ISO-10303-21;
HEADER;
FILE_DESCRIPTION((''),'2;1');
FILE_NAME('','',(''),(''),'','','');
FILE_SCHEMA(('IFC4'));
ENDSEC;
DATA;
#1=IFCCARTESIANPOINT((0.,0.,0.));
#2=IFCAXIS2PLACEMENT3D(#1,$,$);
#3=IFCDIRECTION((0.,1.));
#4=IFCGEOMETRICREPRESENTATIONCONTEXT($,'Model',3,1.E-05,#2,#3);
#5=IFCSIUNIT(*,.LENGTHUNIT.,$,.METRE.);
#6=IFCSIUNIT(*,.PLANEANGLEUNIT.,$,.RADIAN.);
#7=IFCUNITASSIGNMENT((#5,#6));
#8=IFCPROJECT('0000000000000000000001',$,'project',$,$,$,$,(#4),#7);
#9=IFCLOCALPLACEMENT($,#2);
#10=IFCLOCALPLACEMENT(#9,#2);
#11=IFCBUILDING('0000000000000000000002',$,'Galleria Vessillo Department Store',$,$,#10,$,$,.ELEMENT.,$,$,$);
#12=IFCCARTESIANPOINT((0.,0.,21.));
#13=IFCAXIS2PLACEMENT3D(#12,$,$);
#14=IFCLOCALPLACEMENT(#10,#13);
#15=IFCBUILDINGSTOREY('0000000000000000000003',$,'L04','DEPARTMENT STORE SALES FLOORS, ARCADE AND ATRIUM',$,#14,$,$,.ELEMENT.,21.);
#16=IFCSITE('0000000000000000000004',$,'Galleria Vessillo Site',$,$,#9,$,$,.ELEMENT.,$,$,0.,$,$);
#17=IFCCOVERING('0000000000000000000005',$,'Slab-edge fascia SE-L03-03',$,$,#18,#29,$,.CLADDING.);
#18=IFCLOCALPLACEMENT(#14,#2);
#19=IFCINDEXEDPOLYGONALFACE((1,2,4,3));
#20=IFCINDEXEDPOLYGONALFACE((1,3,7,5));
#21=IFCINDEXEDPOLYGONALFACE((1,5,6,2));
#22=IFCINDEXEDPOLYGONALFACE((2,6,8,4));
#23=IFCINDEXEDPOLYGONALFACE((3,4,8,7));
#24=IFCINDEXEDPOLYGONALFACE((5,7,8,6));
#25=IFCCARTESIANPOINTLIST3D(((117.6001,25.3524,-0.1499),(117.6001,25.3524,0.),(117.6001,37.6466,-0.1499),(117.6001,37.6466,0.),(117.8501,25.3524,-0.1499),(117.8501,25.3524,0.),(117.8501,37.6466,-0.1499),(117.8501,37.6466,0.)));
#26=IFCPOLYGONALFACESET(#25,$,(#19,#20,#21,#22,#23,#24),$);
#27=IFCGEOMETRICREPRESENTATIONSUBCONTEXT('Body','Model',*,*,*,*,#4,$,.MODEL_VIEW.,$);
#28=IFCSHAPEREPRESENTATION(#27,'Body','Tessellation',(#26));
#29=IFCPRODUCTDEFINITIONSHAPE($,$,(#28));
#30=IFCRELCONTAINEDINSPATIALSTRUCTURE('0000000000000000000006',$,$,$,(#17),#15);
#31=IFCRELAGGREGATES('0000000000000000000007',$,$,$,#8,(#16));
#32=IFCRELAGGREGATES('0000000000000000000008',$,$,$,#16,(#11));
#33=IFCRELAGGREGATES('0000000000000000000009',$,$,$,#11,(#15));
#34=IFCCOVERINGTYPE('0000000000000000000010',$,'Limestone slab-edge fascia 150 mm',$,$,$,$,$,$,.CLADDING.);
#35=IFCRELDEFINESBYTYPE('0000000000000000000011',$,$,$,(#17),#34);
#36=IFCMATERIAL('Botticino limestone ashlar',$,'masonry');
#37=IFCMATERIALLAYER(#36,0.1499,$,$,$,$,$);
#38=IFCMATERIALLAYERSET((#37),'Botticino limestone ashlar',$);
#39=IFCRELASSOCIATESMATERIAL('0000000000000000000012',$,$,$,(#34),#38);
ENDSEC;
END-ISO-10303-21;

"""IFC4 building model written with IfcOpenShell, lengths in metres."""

from ifc_helpers import new_model, si_unit, direction, frame, origin, origin_2d, place, context, subcontext, project, spatial, rectangle, extrude, material, layer, layer_set, type_object, element, save


model = new_model("IFC4")

# Units and contexts
model_context = context("Model", 3, precision=1e-05, world=origin(), true_north=direction((0.0, 1.0)))
body_context = subcontext(model_context, "Body", "Model", "MODEL_VIEW")
ifc_project = project(units=[si_unit("LENGTHUNIT", "METRE"), si_unit("PLANEANGLEUNIT", "RADIAN")], contexts=[model_context])

# Site, building, storey
site_placement = place(None, origin())
site = spatial("IfcSite", under=ifc_project, at=site_placement, Name="Galleria Vessillo Site", CompositionType="ELEMENT", RefElevation=0.0)
building_placement = place(site_placement, origin())
building = spatial("IfcBuilding", under=site, at=building_placement, Name="Galleria Vessillo Department Store", CompositionType="ELEMENT")
storey_placement = place(building_placement, frame((0.0, 0.0, 21.0)))
storey = spatial("IfcBuildingStorey", under=building, at=storey_placement, Name="L04", Description="DEPARTMENT STORE SALES FLOORS, ARCADE AND ATRIUM", CompositionType="ELEMENT", Elevation=21.0)

# Covering
ifc_material_1 = material(Name="Botticino limestone ashlar", Category="masonry")
ifc_layer_1 = layer(ifc_material_1, 0.1499)
ifc_layer_set_1 = layer_set([ifc_layer_1], Name="Botticino limestone ashlar")
covering_type = type_object("IfcCoveringType", Name="Limestone slab-edge fascia 150 mm", PredefinedType="CLADDING", material=ifc_layer_set_1)
covering_placement = place(storey_placement, frame((117.7251, 31.4995, -0.1499), z_axis=(0.0, 0.0, 1.0), x_axis=(1.0, 0.0, 0.0)))
element("IfcCovering", 1, at=covering_placement, inside=storey, type_object=covering_type, Name="Slab-edge fascia SE-L03-03", PredefinedType="CLADDING", context=body_context, shape_type="SweptSolid", body=[
    extrude(rectangle(XDim=0.25, YDim=12.2942, at=origin_2d()), origin(), (0.0, 0.0, 1.0), 0.1499),
])

save(model, "model.ifc")
